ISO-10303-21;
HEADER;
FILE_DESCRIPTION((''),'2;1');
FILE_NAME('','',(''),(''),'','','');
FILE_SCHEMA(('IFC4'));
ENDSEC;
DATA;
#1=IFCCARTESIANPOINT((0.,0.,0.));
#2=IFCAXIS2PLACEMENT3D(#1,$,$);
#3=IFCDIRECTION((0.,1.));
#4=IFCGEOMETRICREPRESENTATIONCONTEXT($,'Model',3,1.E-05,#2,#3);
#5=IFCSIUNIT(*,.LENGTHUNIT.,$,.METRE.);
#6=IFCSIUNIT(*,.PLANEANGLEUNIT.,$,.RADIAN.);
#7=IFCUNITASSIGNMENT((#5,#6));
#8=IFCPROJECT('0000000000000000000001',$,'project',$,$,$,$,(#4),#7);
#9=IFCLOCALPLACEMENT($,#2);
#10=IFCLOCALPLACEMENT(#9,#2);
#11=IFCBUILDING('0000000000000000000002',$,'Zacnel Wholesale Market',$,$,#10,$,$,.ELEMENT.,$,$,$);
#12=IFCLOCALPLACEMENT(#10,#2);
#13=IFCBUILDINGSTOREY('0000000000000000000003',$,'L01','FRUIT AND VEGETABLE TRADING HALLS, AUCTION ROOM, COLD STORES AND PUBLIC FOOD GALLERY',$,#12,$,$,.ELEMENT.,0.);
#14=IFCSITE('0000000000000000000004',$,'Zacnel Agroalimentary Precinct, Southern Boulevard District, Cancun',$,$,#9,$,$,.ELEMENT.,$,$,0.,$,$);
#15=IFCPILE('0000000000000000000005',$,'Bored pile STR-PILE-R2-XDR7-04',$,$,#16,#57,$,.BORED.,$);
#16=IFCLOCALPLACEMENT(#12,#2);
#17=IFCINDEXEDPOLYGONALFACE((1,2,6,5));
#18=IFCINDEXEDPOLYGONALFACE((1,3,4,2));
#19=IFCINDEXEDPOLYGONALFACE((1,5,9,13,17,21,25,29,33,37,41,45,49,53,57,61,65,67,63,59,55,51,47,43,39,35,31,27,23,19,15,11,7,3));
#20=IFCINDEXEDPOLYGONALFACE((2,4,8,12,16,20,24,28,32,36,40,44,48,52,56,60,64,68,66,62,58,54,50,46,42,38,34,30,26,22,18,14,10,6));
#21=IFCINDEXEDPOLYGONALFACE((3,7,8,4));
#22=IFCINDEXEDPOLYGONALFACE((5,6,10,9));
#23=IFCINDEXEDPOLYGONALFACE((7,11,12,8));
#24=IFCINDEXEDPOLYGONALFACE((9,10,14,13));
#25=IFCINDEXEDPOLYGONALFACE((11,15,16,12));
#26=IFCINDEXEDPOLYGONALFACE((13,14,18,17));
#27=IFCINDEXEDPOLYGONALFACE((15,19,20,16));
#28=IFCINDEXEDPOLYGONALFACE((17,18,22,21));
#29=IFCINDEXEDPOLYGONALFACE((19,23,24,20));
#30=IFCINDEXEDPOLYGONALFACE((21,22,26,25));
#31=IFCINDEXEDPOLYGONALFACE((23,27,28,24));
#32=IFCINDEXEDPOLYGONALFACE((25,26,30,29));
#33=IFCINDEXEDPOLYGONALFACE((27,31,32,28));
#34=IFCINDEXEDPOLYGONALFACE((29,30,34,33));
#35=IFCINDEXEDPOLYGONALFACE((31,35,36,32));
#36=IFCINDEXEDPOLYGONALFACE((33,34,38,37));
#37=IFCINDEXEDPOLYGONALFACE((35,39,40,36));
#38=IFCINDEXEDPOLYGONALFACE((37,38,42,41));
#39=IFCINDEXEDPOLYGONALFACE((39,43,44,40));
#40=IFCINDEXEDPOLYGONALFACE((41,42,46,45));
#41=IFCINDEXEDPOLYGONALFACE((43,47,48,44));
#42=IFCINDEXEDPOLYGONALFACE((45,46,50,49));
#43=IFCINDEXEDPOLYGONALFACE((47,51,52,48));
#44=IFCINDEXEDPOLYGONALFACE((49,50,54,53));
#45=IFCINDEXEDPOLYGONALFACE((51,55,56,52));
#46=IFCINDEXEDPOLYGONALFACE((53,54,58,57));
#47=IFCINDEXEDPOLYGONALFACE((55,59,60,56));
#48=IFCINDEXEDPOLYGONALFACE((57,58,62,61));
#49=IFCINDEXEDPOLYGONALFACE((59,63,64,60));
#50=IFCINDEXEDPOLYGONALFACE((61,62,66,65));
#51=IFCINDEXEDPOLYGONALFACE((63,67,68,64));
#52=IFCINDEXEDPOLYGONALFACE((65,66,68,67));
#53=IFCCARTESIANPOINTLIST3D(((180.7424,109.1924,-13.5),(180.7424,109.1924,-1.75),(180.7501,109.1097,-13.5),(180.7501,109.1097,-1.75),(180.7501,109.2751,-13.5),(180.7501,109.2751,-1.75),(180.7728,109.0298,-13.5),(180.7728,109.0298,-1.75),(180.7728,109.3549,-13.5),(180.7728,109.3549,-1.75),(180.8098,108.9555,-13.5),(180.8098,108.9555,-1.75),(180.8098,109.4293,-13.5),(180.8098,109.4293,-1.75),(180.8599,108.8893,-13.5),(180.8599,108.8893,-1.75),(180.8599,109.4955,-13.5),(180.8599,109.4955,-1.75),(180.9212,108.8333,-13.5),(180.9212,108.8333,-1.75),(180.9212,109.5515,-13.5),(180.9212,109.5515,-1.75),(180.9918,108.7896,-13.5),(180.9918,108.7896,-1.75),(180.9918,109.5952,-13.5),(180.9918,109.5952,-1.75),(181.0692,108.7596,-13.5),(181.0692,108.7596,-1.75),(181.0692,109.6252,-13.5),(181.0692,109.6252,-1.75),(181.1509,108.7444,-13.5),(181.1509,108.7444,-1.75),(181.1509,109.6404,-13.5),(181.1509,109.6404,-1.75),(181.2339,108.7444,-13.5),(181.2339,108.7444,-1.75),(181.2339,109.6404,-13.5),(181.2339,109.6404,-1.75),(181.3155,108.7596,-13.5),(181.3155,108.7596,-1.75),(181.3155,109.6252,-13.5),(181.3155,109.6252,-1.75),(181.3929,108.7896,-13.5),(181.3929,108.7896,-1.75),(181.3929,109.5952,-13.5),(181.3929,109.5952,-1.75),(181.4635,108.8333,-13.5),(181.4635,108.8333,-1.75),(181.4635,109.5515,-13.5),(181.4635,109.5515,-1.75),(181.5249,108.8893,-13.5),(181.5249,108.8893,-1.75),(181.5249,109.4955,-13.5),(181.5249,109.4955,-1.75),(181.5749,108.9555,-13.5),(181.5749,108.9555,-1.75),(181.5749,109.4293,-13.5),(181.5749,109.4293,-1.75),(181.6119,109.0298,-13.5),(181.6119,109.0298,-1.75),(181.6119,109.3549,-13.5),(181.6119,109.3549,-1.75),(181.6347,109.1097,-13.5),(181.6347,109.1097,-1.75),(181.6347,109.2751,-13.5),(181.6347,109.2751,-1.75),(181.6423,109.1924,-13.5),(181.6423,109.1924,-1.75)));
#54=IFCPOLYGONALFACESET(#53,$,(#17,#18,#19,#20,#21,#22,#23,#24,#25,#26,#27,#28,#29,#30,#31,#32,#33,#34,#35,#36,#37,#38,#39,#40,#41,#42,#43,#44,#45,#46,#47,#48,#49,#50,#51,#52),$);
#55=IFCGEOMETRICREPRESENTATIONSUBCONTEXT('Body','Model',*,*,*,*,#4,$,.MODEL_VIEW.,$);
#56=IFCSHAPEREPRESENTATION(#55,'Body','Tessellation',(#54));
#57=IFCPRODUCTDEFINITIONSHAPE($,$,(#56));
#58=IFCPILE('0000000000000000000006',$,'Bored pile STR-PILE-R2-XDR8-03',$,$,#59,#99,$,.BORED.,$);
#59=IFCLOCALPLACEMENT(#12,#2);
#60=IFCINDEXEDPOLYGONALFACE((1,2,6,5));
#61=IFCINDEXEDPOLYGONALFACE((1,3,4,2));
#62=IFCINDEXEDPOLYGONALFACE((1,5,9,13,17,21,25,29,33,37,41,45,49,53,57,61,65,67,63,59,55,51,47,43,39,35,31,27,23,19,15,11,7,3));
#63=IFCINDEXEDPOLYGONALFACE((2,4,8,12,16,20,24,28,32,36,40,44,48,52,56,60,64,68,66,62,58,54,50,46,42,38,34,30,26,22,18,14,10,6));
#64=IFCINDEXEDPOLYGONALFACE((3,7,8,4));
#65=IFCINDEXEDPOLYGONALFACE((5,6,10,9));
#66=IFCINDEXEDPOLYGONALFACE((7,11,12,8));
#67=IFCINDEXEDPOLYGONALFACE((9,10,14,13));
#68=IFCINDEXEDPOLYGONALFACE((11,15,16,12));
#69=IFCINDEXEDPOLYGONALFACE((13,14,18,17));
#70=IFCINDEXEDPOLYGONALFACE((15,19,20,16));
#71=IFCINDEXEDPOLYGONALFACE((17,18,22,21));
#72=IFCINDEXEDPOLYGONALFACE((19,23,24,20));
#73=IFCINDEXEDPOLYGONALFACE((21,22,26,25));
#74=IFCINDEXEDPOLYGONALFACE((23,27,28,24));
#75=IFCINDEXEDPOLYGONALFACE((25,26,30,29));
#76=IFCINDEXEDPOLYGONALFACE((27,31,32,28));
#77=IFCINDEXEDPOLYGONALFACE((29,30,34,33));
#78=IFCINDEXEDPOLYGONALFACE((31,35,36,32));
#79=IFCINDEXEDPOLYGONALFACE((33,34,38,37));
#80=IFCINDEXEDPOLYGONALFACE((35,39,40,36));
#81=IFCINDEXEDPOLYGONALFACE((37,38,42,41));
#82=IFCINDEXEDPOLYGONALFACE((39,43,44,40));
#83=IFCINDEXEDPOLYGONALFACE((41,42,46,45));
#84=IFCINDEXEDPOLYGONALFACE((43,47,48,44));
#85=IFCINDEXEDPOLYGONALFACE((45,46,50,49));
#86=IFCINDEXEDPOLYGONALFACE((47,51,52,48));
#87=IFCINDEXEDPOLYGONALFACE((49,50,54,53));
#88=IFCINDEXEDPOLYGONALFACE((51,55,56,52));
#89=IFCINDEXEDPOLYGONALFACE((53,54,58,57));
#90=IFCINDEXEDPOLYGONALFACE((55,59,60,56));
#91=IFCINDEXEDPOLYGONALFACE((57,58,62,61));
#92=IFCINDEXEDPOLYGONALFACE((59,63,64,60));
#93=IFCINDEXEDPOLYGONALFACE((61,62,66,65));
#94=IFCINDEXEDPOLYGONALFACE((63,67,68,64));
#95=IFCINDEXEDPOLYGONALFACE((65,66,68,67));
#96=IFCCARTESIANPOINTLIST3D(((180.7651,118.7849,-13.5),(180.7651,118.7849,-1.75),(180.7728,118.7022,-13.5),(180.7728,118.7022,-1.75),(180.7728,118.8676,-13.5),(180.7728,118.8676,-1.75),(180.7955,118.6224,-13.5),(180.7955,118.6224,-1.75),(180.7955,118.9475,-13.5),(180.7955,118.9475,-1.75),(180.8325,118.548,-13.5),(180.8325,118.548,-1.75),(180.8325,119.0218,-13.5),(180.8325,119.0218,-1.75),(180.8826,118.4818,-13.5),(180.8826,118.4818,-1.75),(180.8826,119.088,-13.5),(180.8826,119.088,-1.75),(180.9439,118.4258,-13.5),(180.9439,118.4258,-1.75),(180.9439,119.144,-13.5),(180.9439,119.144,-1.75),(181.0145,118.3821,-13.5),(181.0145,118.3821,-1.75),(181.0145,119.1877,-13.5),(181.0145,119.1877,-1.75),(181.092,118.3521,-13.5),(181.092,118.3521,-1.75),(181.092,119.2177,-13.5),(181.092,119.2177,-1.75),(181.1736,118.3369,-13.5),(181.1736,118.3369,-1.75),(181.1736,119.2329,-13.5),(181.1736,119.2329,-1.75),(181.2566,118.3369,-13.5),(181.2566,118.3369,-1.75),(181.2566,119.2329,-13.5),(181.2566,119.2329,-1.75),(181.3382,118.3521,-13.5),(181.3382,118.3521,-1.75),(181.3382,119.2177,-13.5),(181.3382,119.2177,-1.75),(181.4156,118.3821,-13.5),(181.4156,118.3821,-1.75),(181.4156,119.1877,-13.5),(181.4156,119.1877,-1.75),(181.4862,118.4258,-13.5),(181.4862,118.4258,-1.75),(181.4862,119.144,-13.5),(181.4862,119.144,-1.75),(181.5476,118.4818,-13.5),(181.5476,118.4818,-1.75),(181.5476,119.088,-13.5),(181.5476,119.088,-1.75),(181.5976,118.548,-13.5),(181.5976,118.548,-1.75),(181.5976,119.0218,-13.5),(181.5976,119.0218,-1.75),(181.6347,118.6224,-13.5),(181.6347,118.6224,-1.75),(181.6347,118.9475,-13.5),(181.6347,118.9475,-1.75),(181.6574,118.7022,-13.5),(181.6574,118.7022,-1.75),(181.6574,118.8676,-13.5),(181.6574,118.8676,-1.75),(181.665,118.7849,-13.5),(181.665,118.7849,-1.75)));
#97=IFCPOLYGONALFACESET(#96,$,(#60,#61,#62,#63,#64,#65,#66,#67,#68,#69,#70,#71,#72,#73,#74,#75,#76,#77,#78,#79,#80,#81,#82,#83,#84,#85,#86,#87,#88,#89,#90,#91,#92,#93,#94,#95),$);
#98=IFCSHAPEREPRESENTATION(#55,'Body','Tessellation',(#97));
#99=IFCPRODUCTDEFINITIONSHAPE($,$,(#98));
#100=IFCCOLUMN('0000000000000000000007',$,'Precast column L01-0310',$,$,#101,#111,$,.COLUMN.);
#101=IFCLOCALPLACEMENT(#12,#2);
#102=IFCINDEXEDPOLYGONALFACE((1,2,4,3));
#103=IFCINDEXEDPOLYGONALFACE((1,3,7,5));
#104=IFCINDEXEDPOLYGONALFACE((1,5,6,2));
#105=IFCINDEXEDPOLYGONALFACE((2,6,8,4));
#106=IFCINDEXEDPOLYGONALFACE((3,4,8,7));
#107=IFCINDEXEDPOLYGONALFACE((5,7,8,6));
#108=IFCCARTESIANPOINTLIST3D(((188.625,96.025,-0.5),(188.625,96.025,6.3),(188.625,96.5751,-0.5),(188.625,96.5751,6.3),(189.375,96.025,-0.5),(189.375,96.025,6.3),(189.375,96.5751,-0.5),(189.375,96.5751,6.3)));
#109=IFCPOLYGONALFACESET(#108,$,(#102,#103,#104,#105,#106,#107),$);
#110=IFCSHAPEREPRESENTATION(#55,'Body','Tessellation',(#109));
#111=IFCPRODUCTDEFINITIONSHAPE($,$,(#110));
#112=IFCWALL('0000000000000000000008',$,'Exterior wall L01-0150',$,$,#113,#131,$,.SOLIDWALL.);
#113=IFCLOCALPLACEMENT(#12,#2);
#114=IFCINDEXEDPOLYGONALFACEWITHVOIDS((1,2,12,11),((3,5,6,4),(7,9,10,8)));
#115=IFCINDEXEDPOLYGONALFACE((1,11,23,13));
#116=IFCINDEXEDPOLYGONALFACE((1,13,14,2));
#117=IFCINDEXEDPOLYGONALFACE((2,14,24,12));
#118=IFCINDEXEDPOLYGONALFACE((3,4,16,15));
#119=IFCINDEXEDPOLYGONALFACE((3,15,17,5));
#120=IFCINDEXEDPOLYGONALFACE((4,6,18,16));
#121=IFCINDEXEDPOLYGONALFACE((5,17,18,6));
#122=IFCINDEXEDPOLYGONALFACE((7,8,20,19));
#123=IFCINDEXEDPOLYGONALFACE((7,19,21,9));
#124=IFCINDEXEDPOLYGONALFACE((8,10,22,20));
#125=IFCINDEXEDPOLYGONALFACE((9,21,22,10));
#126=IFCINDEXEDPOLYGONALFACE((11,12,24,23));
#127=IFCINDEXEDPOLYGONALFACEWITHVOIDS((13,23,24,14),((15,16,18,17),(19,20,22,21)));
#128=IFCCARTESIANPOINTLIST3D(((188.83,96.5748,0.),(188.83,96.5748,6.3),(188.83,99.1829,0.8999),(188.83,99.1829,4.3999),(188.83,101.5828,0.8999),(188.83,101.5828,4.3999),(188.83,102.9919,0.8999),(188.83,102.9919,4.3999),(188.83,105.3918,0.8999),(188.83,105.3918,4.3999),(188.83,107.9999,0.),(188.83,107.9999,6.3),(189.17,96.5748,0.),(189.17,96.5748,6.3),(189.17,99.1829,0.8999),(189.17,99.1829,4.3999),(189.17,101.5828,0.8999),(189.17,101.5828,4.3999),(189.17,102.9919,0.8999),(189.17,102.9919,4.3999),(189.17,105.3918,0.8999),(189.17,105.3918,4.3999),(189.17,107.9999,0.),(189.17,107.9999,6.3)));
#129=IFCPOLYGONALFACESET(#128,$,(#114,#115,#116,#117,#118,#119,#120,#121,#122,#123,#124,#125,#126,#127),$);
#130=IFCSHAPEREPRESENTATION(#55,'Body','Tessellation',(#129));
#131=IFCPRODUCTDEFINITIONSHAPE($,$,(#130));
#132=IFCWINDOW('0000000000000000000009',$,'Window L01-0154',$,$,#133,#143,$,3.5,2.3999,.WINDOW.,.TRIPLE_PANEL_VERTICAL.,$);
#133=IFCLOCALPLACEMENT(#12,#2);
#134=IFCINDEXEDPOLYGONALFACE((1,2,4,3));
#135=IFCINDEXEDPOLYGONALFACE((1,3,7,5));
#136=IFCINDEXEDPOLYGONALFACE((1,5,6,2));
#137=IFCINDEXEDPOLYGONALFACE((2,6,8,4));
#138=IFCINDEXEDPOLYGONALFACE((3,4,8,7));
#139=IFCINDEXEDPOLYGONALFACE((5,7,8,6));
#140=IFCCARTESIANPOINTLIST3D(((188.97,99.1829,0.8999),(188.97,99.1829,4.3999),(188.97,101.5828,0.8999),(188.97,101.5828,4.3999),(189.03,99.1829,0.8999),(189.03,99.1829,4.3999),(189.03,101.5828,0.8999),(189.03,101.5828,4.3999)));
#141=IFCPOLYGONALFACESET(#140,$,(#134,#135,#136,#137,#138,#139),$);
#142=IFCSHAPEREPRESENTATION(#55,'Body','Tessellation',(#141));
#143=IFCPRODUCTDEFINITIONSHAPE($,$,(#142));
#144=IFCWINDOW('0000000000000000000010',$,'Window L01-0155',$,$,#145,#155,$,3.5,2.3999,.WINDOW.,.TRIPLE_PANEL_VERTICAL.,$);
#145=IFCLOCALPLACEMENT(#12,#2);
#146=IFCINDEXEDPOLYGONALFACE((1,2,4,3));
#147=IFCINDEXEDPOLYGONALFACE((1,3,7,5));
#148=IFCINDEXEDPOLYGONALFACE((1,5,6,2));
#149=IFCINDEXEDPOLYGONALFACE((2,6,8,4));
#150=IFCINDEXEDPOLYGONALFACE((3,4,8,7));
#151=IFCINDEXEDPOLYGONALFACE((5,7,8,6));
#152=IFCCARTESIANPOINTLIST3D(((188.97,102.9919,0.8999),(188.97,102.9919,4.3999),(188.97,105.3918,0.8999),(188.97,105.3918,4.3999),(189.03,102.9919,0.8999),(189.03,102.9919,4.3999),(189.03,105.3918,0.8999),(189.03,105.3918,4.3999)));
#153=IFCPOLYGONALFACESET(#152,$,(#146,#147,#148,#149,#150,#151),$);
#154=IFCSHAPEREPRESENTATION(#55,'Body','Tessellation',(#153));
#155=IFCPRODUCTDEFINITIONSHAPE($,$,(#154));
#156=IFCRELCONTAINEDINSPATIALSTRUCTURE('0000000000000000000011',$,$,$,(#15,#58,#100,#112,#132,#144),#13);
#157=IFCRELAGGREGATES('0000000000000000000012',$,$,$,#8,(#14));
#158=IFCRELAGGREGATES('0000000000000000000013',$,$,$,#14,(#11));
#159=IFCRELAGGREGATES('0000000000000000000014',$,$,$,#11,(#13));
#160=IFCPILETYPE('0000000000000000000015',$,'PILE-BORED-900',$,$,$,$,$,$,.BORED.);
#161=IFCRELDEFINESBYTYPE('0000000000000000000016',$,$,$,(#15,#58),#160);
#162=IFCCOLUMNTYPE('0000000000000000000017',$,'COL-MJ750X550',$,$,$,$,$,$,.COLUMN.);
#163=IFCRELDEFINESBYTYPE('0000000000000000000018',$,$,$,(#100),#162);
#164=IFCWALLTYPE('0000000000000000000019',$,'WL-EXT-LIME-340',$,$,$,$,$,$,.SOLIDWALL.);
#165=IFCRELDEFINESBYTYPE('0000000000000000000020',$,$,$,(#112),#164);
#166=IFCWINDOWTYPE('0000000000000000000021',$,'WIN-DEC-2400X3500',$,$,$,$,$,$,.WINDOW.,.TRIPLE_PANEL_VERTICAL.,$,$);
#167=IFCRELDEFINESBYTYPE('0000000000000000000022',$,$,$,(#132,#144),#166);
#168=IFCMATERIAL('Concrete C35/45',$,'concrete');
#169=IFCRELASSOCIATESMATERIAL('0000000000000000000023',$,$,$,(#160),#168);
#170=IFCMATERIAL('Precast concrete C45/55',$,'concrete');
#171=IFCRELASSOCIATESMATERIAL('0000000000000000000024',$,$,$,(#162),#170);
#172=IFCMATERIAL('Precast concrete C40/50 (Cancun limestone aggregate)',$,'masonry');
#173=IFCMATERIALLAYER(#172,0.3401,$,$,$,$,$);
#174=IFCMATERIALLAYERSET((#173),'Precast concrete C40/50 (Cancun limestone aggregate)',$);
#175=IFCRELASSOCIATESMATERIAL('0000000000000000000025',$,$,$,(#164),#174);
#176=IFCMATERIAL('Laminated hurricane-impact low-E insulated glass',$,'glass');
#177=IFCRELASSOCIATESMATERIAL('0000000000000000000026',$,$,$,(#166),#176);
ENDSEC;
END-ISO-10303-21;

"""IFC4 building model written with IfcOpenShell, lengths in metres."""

from ifc_helpers import new_model, si_unit, direction, frame, frame_2d, origin, origin_2d, place, context, subcontext, project, spatial, rectangle, circle, extrude, material, layer, layer_set, material_profile, profile_set, type_object, element, fill, save


model = new_model("IFC4")

# Units and contexts
model_context = context("Model", 3, precision=1e-05, world=origin(), true_north=direction((0.0, 1.0)))
body_context = subcontext(model_context, "Body", "Model", "MODEL_VIEW")
ifc_project = project(units=[si_unit("LENGTHUNIT", "METRE"), si_unit("PLANEANGLEUNIT", "RADIAN")], contexts=[model_context])

# Site, building, storey
site_placement = place(None, origin())
site = spatial("IfcSite", under=ifc_project, at=site_placement, Name="Zacnel Agroalimentary Precinct, Southern Boulevard District, Cancun", CompositionType="ELEMENT", RefElevation=0.0)
building_placement = place(site_placement, origin())
building = spatial("IfcBuilding", under=site, at=building_placement, Name="Zacnel Wholesale Market", CompositionType="ELEMENT")
storey_placement = place(building_placement, origin())
storey = spatial("IfcBuildingStorey", under=building, at=storey_placement, Name="L01", Description="FRUIT AND VEGETABLE TRADING HALLS, AUCTION ROOM, COLD STORES AND PUBLIC FOOD GALLERY", CompositionType="ELEMENT", Elevation=0.0)

# Piles
ifc_material_1 = material(Name="Concrete C35/45", Category="concrete")
ifc_material_profile_1 = material_profile(ifc_material_1, circle(Radius=0.45, at=origin_2d()), Name="BORED PILE D900")
ifc_profile_set_1 = profile_set([ifc_material_profile_1], Name="Concrete C35/45")
pile_type_1 = type_object("IfcPileType", Name="PILE-BORED-900", PredefinedType="BORED", material=ifc_profile_set_1)
for number, where, z_axis, x_axis, name in (
    (1, (181.1924, 109.1924, -1.75), (0.0, 0.0, -1.0), (1.0, 0.0, 0.0), "Bored pile STR-PILE-R2-XDR7-04"),
    (2, (181.2151, 118.7849, -1.75), (0.0, 0.0, -1.0), (1.0, 0.0, 0.0), "Bored pile STR-PILE-R2-XDR8-03"),
):
    element("IfcPile", number, at=place(storey_placement, frame(where, z_axis=z_axis, x_axis=x_axis)), inside=storey, type_object=pile_type_1, Name=name, PredefinedType="BORED", context=body_context, shape_type="SweptSolid", body=[
        extrude(circle(Radius=0.45, at=origin_2d()), origin(), (0.0, 0.0, 1.0), 11.75),
    ])

# Column
ifc_material_2 = material(Name="Precast concrete C45/55", Category="concrete")
ifc_material_profile_2 = material_profile(ifc_material_2, rectangle(XDim=0.75, YDim=0.55, at=origin_2d()), Name="PC 750x550")
ifc_profile_set_2 = profile_set([ifc_material_profile_2], Name="Precast concrete C45/55")
column_type = type_object("IfcColumnType", Name="COL-MJ750X550", PredefinedType="COLUMN", material=ifc_profile_set_2)
column_placement = place(storey_placement, frame((189.0, 96.3, -0.5), z_axis=(0.0, 0.0, 1.0), x_axis=(1.0, 0.0, 0.0)))
element("IfcColumn", 3, at=column_placement, inside=storey, type_object=column_type, Name="Precast column L01-0310", PredefinedType="COLUMN", context=body_context, shape_type="SweptSolid", body=[
    extrude(rectangle(XDim=0.75, YDim=0.55, at=origin_2d()), origin(), (0.0, 0.0, 1.0), 6.8),
])

# Wall, openings, windows
ifc_material_3 = material(Name="Precast concrete C40/50 (Cancun limestone aggregate)", Category="masonry")
ifc_layer_1 = layer(ifc_material_3, 0.3401)
ifc_layer_set_1 = layer_set([ifc_layer_1], Name="Precast concrete C40/50 (Cancun limestone aggregate)")
wall_type = type_object("IfcWallType", Name="WL-EXT-LIME-340", PredefinedType="SOLIDWALL", material=ifc_layer_set_1)
wall_1_placement = place(storey_placement, frame((189.0, 96.575, 0.0), z_axis=(0.0, 0.0, 1.0), x_axis=(0.0, 1.0, 0.0)))
wall_1 = element("IfcWall", 4, at=wall_1_placement, inside=storey, type_object=wall_type, Name="Exterior wall L01-0150", PredefinedType="SOLIDWALL", context=body_context, shape_type="SweptSolid", body=[
    extrude(rectangle(XDim=11.425, YDim=0.3401, at=frame_2d((5.7124, 0.0))), origin(), (0.0, 0.0, 1.0), 6.3),
])
opening_1_placement = place(wall_1_placement, frame((2.6079, 0.0, 0.8999)))
opening_1 = element("IfcOpeningElement", 5, at=opening_1_placement, cuts=wall_1, PredefinedType="OPENING", context=body_context, shape_type="SweptSolid", body=[
    extrude(rectangle(XDim=2.3999, YDim=3.5, at=frame_2d((1.2, 1.75))), frame((0.0, 0.1799, 0.0), z_axis=(0.0, -1.0, 0.0), x_axis=(1.0, 0.0, 0.0)), (0.0, 0.0, 1.0), 0.3601),
])
opening_2_placement = place(wall_1_placement, frame((6.417, 0.0, 0.8999)))
opening_2 = element("IfcOpeningElement", 6, at=opening_2_placement, cuts=wall_1, PredefinedType="OPENING", context=body_context, shape_type="SweptSolid", body=[
    extrude(rectangle(XDim=2.3999, YDim=3.5, at=frame_2d((1.2, 1.75))), frame((0.0, 0.1799, 0.0), z_axis=(0.0, -1.0, 0.0), x_axis=(1.0, 0.0, 0.0)), (0.0, 0.0, 1.0), 0.3601),
])
ifc_material_4 = material(Name="Laminated hurricane-impact low-E insulated glass", Category="glass")
window_type = type_object("IfcWindowType", Name="WIN-DEC-2400X3500", PartitioningType="TRIPLE_PANEL_VERTICAL", PredefinedType="WINDOW", material=ifc_material_4)
window_1_placement = place(opening_1_placement, origin())
window_1 = element("IfcWindow", 7, at=window_1_placement, inside=storey, type_object=window_type, Name="Window L01-0154", OverallHeight=3.5, OverallWidth=2.3999, PartitioningType="TRIPLE_PANEL_VERTICAL", PredefinedType="WINDOW", context=body_context, shape_type="SweptSolid", body=[
    extrude(rectangle(XDim=2.3999, YDim=3.5, at=frame_2d((1.2, 1.75))), frame((0.0, 0.03, 0.0), z_axis=(0.0, -1.0, 0.0), x_axis=(1.0, 0.0, 0.0)), (0.0, 0.0, 1.0), 0.0601),
])
fill(opening_1, window_1)
window_2_placement = place(opening_2_placement, origin())
window_2 = element("IfcWindow", 8, at=window_2_placement, inside=storey, type_object=window_type, Name="Window L01-0155", OverallHeight=3.5, OverallWidth=2.3999, PartitioningType="TRIPLE_PANEL_VERTICAL", PredefinedType="WINDOW", context=body_context, shape_type="SweptSolid", body=[
    extrude(rectangle(XDim=2.3999, YDim=3.5, at=frame_2d((1.2, 1.75))), frame((0.0, 0.03, 0.0), z_axis=(0.0, -1.0, 0.0), x_axis=(1.0, 0.0, 0.0)), (0.0, 0.0, 1.0), 0.0601),
])
fill(opening_2, window_2)

save(model, "model.ifc")
